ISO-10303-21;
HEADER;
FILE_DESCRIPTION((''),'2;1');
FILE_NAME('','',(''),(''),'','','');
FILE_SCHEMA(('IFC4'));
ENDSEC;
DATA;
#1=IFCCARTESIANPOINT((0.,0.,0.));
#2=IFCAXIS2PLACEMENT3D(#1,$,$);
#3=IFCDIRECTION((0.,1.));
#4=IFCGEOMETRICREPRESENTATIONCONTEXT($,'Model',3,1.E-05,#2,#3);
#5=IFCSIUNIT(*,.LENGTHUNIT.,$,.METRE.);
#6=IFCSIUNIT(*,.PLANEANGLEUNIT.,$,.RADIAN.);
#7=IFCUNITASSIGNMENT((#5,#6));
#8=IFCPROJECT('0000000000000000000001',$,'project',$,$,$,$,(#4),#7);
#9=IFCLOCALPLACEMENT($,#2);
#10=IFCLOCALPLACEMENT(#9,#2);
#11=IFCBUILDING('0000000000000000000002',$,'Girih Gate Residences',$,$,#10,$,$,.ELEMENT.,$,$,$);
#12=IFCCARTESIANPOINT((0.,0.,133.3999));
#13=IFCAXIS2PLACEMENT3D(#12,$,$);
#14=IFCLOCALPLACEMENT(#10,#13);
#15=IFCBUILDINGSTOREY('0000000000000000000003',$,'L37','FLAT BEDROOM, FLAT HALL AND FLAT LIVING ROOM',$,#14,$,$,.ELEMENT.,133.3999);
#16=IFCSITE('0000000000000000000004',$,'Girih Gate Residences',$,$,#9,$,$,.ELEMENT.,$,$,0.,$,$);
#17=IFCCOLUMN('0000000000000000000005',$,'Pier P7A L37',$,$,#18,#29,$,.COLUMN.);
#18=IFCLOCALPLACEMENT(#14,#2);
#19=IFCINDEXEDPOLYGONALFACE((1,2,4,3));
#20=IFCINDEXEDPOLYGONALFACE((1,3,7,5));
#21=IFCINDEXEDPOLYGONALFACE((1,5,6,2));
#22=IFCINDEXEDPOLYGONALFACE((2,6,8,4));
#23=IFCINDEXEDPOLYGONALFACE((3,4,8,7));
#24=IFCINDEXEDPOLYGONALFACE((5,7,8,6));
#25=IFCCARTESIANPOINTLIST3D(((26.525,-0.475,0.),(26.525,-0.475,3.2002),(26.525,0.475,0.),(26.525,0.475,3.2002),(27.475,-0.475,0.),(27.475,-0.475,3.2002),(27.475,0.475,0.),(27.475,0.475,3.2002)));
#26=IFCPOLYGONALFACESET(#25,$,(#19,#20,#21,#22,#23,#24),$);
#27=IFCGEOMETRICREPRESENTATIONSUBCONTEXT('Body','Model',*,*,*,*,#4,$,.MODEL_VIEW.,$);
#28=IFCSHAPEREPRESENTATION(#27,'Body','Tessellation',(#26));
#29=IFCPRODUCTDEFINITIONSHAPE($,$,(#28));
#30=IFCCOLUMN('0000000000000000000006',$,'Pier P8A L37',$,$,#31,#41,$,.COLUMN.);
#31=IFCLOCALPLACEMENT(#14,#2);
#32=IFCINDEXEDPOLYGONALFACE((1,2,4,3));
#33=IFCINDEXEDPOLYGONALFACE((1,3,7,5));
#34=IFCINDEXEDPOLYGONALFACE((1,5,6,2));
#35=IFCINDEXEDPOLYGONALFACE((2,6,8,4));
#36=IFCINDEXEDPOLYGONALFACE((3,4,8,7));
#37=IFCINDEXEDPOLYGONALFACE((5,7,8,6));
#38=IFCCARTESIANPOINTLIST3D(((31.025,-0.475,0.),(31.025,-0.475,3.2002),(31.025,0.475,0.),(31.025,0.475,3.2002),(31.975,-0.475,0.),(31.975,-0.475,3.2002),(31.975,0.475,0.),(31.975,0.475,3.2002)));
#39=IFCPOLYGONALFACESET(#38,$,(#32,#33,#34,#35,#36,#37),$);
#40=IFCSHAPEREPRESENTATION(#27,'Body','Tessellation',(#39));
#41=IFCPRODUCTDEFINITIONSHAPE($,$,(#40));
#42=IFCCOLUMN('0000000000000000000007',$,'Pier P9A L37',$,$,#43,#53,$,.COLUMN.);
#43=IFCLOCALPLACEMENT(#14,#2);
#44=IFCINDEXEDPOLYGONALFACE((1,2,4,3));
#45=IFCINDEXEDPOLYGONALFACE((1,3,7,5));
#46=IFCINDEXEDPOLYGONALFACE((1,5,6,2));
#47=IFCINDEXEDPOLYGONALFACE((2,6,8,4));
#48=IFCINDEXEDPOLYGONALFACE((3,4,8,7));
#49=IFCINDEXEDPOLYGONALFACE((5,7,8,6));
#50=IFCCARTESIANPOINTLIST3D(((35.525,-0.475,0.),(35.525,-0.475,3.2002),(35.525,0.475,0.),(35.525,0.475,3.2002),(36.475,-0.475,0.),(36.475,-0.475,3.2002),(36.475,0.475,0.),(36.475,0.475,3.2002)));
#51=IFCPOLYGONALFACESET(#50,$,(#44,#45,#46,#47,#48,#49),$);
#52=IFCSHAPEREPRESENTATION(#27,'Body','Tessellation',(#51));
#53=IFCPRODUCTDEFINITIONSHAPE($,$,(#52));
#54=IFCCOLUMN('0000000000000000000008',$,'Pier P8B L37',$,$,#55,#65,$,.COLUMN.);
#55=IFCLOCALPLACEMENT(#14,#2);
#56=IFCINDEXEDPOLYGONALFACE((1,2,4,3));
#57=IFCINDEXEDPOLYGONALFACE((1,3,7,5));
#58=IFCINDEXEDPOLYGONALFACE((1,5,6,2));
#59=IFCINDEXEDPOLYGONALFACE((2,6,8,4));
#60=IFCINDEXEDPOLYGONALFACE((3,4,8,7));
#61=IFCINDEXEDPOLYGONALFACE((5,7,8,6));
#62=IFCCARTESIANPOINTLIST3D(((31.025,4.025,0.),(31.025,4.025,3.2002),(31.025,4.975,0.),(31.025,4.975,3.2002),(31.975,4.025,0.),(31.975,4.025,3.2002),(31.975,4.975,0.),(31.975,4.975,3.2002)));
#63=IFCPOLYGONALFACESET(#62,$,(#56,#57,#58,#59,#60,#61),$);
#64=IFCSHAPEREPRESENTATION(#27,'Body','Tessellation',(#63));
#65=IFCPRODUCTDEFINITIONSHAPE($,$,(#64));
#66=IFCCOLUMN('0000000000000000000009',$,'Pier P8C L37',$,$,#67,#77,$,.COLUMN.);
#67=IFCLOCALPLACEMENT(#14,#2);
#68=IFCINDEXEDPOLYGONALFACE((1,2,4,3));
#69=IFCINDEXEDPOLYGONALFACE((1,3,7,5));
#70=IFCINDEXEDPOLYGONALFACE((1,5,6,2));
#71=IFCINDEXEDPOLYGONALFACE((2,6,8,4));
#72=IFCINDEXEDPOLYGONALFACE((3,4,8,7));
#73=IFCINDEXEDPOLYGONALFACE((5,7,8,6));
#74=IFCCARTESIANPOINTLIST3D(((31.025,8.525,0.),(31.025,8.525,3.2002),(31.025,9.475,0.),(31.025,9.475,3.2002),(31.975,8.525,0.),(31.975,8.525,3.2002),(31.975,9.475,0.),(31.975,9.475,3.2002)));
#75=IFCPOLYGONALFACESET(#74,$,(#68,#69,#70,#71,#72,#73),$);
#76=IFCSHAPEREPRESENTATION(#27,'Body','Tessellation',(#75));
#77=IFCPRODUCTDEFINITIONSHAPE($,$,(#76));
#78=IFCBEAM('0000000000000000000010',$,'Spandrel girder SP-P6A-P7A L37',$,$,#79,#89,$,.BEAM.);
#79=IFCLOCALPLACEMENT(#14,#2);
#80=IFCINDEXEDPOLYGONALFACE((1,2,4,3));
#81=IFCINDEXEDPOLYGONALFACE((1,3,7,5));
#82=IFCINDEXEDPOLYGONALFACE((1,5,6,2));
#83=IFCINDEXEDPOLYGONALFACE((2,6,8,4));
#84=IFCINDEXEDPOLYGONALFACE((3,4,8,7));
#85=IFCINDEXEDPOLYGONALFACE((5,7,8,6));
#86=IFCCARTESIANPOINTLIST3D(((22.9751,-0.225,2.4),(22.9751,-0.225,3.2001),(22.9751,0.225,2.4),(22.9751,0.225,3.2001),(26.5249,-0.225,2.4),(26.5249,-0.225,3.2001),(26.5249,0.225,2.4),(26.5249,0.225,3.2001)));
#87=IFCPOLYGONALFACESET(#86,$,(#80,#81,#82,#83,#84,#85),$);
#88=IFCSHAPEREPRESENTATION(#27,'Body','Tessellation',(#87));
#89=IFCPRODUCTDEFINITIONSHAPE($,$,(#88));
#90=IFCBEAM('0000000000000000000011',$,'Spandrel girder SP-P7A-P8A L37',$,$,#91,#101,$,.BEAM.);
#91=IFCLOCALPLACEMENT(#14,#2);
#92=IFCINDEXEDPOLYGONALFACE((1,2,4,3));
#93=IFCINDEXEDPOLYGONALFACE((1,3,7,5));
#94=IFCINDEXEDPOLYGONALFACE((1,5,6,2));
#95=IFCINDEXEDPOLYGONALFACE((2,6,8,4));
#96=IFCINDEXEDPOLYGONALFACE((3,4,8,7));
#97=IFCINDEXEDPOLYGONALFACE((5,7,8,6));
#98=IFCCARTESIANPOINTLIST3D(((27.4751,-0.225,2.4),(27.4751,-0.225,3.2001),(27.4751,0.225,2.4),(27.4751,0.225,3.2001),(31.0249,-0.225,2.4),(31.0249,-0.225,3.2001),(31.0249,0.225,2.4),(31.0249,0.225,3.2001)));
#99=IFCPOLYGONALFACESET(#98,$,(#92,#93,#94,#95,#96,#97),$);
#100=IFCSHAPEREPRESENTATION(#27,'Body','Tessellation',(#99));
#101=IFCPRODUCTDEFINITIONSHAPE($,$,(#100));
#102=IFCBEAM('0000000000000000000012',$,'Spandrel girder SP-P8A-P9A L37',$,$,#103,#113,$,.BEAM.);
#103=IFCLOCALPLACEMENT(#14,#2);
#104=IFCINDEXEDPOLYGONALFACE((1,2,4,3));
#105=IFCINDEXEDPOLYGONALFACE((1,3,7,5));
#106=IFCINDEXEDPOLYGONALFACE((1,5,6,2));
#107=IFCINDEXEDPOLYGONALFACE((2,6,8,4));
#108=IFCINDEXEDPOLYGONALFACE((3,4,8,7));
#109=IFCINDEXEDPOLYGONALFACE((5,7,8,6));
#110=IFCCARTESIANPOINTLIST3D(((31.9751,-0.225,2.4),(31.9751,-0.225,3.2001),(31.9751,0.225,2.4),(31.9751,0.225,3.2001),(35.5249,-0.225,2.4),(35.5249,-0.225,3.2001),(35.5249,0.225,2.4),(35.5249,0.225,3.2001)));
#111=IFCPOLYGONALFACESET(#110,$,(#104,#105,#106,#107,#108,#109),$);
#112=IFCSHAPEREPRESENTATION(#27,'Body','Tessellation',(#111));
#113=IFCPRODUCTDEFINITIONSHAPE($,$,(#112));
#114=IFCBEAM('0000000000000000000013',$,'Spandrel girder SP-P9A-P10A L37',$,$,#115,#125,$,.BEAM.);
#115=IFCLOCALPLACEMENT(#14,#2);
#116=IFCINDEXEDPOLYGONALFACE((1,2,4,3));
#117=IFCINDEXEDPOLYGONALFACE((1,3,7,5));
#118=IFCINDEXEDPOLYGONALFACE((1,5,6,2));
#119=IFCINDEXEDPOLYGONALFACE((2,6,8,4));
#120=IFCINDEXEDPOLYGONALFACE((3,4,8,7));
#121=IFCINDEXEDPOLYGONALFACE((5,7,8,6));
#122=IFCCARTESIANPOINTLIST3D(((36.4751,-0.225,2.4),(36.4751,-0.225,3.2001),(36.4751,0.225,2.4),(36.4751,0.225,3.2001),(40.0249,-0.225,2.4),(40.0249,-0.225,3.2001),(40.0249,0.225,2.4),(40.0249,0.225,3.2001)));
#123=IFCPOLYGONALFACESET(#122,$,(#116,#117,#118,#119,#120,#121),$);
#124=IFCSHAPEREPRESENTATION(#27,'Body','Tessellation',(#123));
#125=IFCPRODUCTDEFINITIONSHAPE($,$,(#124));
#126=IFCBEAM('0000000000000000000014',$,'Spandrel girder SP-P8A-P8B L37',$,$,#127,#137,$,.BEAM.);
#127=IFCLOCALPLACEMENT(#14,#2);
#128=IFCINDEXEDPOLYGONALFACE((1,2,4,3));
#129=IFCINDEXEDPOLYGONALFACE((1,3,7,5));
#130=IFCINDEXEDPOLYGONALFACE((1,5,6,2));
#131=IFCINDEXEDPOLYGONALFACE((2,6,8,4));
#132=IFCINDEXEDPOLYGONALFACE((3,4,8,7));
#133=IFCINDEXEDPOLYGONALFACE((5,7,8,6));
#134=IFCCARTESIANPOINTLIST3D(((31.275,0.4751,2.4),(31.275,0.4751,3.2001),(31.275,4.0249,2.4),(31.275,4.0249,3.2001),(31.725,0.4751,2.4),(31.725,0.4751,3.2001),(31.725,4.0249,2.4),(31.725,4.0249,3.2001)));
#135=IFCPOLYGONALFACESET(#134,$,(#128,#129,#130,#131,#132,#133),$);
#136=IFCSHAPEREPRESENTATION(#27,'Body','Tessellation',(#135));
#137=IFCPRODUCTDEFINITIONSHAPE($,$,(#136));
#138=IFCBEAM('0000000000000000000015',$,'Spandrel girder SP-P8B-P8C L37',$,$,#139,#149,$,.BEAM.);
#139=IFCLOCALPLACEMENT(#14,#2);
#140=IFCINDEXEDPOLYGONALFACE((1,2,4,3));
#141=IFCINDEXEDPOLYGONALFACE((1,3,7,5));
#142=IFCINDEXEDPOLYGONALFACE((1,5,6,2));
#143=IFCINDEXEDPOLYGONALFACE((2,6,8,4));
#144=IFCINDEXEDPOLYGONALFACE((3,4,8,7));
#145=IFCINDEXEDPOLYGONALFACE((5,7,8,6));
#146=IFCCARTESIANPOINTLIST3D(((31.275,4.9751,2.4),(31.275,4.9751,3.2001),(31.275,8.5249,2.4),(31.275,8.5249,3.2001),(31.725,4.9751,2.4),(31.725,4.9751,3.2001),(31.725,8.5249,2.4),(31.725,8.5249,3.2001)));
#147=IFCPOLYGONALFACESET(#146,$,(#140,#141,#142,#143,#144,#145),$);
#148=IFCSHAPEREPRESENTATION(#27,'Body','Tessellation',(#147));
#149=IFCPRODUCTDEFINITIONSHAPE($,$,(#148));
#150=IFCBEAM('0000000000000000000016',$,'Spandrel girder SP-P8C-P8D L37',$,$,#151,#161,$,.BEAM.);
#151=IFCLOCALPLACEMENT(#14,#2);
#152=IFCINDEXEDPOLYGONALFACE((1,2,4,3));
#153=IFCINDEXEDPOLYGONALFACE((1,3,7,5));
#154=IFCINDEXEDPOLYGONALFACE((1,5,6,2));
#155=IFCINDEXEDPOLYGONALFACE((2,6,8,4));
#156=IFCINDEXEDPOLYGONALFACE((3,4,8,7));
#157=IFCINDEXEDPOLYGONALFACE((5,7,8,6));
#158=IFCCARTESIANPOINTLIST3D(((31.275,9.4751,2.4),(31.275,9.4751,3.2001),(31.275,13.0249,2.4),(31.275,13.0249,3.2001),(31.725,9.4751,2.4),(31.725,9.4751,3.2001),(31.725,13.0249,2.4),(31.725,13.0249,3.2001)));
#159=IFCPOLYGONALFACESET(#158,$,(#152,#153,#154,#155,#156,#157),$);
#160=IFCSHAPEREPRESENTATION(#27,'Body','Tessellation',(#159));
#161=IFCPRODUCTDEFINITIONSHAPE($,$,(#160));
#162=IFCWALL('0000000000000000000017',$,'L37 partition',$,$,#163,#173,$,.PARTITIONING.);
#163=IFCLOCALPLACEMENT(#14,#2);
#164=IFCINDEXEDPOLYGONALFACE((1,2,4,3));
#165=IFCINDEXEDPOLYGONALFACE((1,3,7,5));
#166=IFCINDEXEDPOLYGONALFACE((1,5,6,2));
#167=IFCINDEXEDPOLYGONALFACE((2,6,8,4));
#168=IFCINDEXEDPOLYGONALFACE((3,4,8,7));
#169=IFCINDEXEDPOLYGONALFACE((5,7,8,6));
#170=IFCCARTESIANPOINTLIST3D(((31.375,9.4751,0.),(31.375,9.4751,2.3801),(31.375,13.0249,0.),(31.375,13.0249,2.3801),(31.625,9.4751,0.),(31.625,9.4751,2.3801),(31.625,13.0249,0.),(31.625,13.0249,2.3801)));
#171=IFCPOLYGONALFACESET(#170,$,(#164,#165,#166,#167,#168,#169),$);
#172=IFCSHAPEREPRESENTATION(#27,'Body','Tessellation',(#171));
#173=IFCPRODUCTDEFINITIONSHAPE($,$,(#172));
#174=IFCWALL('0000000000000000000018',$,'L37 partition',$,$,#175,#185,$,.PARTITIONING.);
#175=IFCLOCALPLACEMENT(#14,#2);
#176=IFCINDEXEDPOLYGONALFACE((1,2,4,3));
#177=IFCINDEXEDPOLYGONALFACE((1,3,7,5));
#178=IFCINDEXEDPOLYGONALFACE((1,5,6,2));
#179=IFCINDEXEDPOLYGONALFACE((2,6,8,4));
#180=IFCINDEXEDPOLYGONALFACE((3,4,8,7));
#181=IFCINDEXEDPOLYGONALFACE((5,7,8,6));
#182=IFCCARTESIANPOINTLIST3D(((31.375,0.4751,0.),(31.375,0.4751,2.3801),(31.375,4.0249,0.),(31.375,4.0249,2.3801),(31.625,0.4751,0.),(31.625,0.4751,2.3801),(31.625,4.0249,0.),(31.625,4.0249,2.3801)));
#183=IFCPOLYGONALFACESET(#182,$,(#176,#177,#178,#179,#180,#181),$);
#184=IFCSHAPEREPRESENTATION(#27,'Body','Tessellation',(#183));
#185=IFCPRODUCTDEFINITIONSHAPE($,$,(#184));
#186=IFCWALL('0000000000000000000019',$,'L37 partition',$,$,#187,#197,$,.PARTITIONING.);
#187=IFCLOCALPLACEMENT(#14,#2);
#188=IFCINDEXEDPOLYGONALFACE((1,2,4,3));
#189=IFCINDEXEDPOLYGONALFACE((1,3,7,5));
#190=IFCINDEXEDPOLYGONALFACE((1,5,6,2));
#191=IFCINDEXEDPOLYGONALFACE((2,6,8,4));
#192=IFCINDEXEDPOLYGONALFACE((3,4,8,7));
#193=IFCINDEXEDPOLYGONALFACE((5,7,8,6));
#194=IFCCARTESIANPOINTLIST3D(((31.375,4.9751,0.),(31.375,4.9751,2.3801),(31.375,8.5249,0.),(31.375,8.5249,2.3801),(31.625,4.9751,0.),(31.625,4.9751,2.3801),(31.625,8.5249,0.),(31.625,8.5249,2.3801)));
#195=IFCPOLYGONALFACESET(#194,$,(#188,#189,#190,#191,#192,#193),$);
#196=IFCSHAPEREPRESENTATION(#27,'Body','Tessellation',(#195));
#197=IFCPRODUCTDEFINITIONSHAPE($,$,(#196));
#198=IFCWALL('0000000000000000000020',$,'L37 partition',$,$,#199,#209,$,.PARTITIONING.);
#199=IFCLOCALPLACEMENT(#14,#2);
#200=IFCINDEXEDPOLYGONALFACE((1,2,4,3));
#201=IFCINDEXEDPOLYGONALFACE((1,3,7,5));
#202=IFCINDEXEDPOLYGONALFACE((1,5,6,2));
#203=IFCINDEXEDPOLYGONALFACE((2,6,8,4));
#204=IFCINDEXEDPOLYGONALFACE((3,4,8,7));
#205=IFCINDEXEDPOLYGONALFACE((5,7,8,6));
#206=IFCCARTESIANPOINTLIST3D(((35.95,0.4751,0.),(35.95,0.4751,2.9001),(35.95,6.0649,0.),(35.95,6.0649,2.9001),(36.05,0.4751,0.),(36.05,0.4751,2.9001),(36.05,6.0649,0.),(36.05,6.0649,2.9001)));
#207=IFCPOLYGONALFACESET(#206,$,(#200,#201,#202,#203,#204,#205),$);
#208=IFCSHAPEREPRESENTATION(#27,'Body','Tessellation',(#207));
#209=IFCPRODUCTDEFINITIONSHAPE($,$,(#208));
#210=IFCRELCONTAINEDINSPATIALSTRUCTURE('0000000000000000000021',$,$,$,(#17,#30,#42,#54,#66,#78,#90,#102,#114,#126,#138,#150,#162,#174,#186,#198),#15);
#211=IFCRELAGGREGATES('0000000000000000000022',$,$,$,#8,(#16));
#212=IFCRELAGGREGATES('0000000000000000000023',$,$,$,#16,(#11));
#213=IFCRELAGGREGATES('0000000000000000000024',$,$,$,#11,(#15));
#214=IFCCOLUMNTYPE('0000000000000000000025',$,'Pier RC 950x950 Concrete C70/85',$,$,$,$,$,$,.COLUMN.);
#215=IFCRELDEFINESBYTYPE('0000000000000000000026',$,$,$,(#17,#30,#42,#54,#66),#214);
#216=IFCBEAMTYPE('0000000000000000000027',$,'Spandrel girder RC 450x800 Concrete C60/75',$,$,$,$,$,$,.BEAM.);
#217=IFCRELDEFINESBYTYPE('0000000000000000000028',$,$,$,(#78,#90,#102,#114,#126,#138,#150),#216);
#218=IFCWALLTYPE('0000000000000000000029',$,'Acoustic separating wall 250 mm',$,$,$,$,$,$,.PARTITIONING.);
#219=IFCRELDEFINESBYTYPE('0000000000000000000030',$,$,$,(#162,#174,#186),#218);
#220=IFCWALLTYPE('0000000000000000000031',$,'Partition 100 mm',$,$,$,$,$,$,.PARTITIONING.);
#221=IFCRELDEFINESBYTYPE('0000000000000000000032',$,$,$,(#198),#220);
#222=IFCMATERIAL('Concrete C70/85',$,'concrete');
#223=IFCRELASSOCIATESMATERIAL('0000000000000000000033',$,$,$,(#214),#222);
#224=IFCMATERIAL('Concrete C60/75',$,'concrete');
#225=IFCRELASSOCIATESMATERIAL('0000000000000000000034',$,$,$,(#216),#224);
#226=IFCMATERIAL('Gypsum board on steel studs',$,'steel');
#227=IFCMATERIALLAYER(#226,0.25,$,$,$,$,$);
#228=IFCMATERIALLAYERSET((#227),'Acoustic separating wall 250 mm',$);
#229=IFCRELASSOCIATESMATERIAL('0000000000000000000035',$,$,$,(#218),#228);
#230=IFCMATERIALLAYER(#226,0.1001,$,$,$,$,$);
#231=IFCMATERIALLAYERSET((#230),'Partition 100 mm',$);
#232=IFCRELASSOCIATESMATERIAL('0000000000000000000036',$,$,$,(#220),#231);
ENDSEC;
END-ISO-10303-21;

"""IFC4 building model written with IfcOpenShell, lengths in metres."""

from ifc_helpers import new_model, si_unit, direction, frame, frame_2d, origin, origin_2d, place, context, subcontext, project, spatial, rectangle, extrude, material, layer, layer_set, material_profile, profile_set, type_object, element, save


model = new_model("IFC4")

# Units and contexts
model_context = context("Model", 3, precision=1e-05, world=origin(), true_north=direction((0.0, 1.0)))
body_context = subcontext(model_context, "Body", "Model", "MODEL_VIEW")
ifc_project = project(units=[si_unit("LENGTHUNIT", "METRE"), si_unit("PLANEANGLEUNIT", "RADIAN")], contexts=[model_context])

# Site, building, storey
site_placement = place(None, origin())
site = spatial("IfcSite", under=ifc_project, at=site_placement, Name="Girih Gate Residences", CompositionType="ELEMENT", RefElevation=0.0)
building_placement = place(site_placement, origin())
building = spatial("IfcBuilding", under=site, at=building_placement, Name="Girih Gate Residences", CompositionType="ELEMENT")
storey_placement = place(building_placement, frame((0.0, 0.0, 133.3999)))
storey = spatial("IfcBuildingStorey", under=building, at=storey_placement, Name="L37", Description="FLAT BEDROOM, FLAT HALL AND FLAT LIVING ROOM", CompositionType="ELEMENT", Elevation=133.3999)

# Columns
ifc_material_1 = material(Name="Concrete C70/85", Category="concrete")
ifc_material_profile_1 = material_profile(ifc_material_1, rectangle(XDim=0.95, YDim=0.95, at=origin_2d()))
ifc_profile_set_1 = profile_set([ifc_material_profile_1], Name="Concrete C70/85")
column_type = type_object("IfcColumnType", Name="Pier RC 950x950 Concrete C70/85", PredefinedType="COLUMN", material=ifc_profile_set_1)
for number, where, z_axis, x_axis, name in (
    (1, (27.0, 0.0, 0.0), (0.0, 0.0, 1.0), (1.0, 0.0, 0.0), "Pier P7A L37"),
    (2, (31.5, 0.0, 0.0), (0.0, 0.0, 1.0), (1.0, 0.0, 0.0), "Pier P8A L37"),
    (3, (36.0, 0.0, 0.0), (0.0, 0.0, 1.0), (1.0, 0.0, 0.0), "Pier P9A L37"),
    (4, (31.5, 4.5, 0.0), (0.0, 0.0, 1.0), (1.0, 0.0, 0.0), "Pier P8B L37"),
    (5, (31.5, 9.0, 0.0), (0.0, 0.0, 1.0), (1.0, 0.0, 0.0), "Pier P8C L37"),
):
    element("IfcColumn", number, at=place(storey_placement, frame(where, z_axis=z_axis, x_axis=x_axis)), inside=storey, type_object=column_type, Name=name, PredefinedType="COLUMN", context=body_context, shape_type="SweptSolid", body=[
        extrude(rectangle(XDim=0.95, YDim=0.95, at=origin_2d()), origin(), (0.0, 0.0, 1.0), 3.2002),
    ])

# Beams
ifc_material_2 = material(Name="Concrete C60/75", Category="concrete")
ifc_material_profile_2 = material_profile(ifc_material_2, rectangle(XDim=0.45, YDim=0.8, at=origin_2d()))
ifc_profile_set_2 = profile_set([ifc_material_profile_2], Name="Concrete C60/75")
beam_type = type_object("IfcBeamType", Name="Spandrel girder RC 450x800 Concrete C60/75", PredefinedType="BEAM", material=ifc_profile_set_2)
for number, where, z_axis, x_axis, name in (
    (6, (22.9751, 0.0, 2.8), (1.0, 0.0, 0.0), (0.0, 1.0, 0.0), "Spandrel girder SP-P6A-P7A L37"),
    (7, (27.4751, 0.0, 2.8), (1.0, 0.0, 0.0), (0.0, 1.0, 0.0), "Spandrel girder SP-P7A-P8A L37"),
    (8, (31.9751, 0.0, 2.8), (1.0, 0.0, 0.0), (0.0, 1.0, 0.0), "Spandrel girder SP-P8A-P9A L37"),
    (9, (36.4751, 0.0, 2.8), (1.0, 0.0, 0.0), (0.0, 1.0, 0.0), "Spandrel girder SP-P9A-P10A L37"),
    (10, (31.5, 0.4751, 2.8), (0.0, 1.0, 0.0), (-1.0, 0.0, 0.0), "Spandrel girder SP-P8A-P8B L37"),
    (11, (31.5, 4.9751, 2.8), (0.0, 1.0, 0.0), (-1.0, 0.0, 0.0), "Spandrel girder SP-P8B-P8C L37"),
    (12, (31.5, 9.4751, 2.8), (0.0, 1.0, 0.0), (-1.0, 0.0, 0.0), "Spandrel girder SP-P8C-P8D L37"),
):
    element("IfcBeam", number, at=place(storey_placement, frame(where, z_axis=z_axis, x_axis=x_axis)), inside=storey, type_object=beam_type, Name=name, PredefinedType="BEAM", context=body_context, shape_type="SweptSolid", body=[
        extrude(rectangle(XDim=0.45, YDim=0.8, at=origin_2d()), origin(), (0.0, 0.0, 1.0), 3.5498),
    ])

# Walls
ifc_material_3 = material(Name="Gypsum board on steel studs", Category="steel")
ifc_layer_1 = layer(ifc_material_3, 0.25)
ifc_layer_set_1 = layer_set([ifc_layer_1], Name="Acoustic separating wall 250 mm")
wall_type_1 = type_object("IfcWallType", Name="Acoustic separating wall 250 mm", PredefinedType="PARTITIONING", material=ifc_layer_set_1)
for number, where, z_axis, x_axis, name in (
    (13, (31.5, 9.4751, 0.0), (0.0, 0.0, 1.0), (0.0, 1.0, 0.0), "L37 partition"),
    (14, (31.5, 0.4751, 0.0), (0.0, 0.0, 1.0), (0.0, 1.0, 0.0), "L37 partition"),
    (15, (31.5, 4.9751, 0.0), (0.0, 0.0, 1.0), (0.0, 1.0, 0.0), "L37 partition"),
):
    element("IfcWall", number, at=place(storey_placement, frame(where, z_axis=z_axis, x_axis=x_axis)), inside=storey, type_object=wall_type_1, Name=name, PredefinedType="PARTITIONING", context=body_context, shape_type="SweptSolid", body=[
        extrude(rectangle(XDim=3.5498, YDim=0.25, at=frame_2d((1.7749, 0.0))), origin(), (0.0, 0.0, 1.0), 2.3801),
    ])
ifc_layer_2 = layer(ifc_material_3, 0.1001)
ifc_layer_set_2 = layer_set([ifc_layer_2], Name="Partition 100 mm")
wall_type_2 = type_object("IfcWallType", Name="Partition 100 mm", PredefinedType="PARTITIONING", material=ifc_layer_set_2)
wall_1_placement = place(storey_placement, frame((36.0, 0.4751, 0.0), z_axis=(0.0, 0.0, 1.0), x_axis=(0.0, 1.0, 0.0)))
element("IfcWall", 16, at=wall_1_placement, inside=storey, type_object=wall_type_2, Name="L37 partition", PredefinedType="PARTITIONING", context=body_context, shape_type="SweptSolid", body=[
    extrude(rectangle(XDim=5.5898, YDim=0.1001, at=frame_2d((2.7949, 0.0))), origin(), (0.0, 0.0, 1.0), 2.9001),
])

save(model, "model.ifc")
